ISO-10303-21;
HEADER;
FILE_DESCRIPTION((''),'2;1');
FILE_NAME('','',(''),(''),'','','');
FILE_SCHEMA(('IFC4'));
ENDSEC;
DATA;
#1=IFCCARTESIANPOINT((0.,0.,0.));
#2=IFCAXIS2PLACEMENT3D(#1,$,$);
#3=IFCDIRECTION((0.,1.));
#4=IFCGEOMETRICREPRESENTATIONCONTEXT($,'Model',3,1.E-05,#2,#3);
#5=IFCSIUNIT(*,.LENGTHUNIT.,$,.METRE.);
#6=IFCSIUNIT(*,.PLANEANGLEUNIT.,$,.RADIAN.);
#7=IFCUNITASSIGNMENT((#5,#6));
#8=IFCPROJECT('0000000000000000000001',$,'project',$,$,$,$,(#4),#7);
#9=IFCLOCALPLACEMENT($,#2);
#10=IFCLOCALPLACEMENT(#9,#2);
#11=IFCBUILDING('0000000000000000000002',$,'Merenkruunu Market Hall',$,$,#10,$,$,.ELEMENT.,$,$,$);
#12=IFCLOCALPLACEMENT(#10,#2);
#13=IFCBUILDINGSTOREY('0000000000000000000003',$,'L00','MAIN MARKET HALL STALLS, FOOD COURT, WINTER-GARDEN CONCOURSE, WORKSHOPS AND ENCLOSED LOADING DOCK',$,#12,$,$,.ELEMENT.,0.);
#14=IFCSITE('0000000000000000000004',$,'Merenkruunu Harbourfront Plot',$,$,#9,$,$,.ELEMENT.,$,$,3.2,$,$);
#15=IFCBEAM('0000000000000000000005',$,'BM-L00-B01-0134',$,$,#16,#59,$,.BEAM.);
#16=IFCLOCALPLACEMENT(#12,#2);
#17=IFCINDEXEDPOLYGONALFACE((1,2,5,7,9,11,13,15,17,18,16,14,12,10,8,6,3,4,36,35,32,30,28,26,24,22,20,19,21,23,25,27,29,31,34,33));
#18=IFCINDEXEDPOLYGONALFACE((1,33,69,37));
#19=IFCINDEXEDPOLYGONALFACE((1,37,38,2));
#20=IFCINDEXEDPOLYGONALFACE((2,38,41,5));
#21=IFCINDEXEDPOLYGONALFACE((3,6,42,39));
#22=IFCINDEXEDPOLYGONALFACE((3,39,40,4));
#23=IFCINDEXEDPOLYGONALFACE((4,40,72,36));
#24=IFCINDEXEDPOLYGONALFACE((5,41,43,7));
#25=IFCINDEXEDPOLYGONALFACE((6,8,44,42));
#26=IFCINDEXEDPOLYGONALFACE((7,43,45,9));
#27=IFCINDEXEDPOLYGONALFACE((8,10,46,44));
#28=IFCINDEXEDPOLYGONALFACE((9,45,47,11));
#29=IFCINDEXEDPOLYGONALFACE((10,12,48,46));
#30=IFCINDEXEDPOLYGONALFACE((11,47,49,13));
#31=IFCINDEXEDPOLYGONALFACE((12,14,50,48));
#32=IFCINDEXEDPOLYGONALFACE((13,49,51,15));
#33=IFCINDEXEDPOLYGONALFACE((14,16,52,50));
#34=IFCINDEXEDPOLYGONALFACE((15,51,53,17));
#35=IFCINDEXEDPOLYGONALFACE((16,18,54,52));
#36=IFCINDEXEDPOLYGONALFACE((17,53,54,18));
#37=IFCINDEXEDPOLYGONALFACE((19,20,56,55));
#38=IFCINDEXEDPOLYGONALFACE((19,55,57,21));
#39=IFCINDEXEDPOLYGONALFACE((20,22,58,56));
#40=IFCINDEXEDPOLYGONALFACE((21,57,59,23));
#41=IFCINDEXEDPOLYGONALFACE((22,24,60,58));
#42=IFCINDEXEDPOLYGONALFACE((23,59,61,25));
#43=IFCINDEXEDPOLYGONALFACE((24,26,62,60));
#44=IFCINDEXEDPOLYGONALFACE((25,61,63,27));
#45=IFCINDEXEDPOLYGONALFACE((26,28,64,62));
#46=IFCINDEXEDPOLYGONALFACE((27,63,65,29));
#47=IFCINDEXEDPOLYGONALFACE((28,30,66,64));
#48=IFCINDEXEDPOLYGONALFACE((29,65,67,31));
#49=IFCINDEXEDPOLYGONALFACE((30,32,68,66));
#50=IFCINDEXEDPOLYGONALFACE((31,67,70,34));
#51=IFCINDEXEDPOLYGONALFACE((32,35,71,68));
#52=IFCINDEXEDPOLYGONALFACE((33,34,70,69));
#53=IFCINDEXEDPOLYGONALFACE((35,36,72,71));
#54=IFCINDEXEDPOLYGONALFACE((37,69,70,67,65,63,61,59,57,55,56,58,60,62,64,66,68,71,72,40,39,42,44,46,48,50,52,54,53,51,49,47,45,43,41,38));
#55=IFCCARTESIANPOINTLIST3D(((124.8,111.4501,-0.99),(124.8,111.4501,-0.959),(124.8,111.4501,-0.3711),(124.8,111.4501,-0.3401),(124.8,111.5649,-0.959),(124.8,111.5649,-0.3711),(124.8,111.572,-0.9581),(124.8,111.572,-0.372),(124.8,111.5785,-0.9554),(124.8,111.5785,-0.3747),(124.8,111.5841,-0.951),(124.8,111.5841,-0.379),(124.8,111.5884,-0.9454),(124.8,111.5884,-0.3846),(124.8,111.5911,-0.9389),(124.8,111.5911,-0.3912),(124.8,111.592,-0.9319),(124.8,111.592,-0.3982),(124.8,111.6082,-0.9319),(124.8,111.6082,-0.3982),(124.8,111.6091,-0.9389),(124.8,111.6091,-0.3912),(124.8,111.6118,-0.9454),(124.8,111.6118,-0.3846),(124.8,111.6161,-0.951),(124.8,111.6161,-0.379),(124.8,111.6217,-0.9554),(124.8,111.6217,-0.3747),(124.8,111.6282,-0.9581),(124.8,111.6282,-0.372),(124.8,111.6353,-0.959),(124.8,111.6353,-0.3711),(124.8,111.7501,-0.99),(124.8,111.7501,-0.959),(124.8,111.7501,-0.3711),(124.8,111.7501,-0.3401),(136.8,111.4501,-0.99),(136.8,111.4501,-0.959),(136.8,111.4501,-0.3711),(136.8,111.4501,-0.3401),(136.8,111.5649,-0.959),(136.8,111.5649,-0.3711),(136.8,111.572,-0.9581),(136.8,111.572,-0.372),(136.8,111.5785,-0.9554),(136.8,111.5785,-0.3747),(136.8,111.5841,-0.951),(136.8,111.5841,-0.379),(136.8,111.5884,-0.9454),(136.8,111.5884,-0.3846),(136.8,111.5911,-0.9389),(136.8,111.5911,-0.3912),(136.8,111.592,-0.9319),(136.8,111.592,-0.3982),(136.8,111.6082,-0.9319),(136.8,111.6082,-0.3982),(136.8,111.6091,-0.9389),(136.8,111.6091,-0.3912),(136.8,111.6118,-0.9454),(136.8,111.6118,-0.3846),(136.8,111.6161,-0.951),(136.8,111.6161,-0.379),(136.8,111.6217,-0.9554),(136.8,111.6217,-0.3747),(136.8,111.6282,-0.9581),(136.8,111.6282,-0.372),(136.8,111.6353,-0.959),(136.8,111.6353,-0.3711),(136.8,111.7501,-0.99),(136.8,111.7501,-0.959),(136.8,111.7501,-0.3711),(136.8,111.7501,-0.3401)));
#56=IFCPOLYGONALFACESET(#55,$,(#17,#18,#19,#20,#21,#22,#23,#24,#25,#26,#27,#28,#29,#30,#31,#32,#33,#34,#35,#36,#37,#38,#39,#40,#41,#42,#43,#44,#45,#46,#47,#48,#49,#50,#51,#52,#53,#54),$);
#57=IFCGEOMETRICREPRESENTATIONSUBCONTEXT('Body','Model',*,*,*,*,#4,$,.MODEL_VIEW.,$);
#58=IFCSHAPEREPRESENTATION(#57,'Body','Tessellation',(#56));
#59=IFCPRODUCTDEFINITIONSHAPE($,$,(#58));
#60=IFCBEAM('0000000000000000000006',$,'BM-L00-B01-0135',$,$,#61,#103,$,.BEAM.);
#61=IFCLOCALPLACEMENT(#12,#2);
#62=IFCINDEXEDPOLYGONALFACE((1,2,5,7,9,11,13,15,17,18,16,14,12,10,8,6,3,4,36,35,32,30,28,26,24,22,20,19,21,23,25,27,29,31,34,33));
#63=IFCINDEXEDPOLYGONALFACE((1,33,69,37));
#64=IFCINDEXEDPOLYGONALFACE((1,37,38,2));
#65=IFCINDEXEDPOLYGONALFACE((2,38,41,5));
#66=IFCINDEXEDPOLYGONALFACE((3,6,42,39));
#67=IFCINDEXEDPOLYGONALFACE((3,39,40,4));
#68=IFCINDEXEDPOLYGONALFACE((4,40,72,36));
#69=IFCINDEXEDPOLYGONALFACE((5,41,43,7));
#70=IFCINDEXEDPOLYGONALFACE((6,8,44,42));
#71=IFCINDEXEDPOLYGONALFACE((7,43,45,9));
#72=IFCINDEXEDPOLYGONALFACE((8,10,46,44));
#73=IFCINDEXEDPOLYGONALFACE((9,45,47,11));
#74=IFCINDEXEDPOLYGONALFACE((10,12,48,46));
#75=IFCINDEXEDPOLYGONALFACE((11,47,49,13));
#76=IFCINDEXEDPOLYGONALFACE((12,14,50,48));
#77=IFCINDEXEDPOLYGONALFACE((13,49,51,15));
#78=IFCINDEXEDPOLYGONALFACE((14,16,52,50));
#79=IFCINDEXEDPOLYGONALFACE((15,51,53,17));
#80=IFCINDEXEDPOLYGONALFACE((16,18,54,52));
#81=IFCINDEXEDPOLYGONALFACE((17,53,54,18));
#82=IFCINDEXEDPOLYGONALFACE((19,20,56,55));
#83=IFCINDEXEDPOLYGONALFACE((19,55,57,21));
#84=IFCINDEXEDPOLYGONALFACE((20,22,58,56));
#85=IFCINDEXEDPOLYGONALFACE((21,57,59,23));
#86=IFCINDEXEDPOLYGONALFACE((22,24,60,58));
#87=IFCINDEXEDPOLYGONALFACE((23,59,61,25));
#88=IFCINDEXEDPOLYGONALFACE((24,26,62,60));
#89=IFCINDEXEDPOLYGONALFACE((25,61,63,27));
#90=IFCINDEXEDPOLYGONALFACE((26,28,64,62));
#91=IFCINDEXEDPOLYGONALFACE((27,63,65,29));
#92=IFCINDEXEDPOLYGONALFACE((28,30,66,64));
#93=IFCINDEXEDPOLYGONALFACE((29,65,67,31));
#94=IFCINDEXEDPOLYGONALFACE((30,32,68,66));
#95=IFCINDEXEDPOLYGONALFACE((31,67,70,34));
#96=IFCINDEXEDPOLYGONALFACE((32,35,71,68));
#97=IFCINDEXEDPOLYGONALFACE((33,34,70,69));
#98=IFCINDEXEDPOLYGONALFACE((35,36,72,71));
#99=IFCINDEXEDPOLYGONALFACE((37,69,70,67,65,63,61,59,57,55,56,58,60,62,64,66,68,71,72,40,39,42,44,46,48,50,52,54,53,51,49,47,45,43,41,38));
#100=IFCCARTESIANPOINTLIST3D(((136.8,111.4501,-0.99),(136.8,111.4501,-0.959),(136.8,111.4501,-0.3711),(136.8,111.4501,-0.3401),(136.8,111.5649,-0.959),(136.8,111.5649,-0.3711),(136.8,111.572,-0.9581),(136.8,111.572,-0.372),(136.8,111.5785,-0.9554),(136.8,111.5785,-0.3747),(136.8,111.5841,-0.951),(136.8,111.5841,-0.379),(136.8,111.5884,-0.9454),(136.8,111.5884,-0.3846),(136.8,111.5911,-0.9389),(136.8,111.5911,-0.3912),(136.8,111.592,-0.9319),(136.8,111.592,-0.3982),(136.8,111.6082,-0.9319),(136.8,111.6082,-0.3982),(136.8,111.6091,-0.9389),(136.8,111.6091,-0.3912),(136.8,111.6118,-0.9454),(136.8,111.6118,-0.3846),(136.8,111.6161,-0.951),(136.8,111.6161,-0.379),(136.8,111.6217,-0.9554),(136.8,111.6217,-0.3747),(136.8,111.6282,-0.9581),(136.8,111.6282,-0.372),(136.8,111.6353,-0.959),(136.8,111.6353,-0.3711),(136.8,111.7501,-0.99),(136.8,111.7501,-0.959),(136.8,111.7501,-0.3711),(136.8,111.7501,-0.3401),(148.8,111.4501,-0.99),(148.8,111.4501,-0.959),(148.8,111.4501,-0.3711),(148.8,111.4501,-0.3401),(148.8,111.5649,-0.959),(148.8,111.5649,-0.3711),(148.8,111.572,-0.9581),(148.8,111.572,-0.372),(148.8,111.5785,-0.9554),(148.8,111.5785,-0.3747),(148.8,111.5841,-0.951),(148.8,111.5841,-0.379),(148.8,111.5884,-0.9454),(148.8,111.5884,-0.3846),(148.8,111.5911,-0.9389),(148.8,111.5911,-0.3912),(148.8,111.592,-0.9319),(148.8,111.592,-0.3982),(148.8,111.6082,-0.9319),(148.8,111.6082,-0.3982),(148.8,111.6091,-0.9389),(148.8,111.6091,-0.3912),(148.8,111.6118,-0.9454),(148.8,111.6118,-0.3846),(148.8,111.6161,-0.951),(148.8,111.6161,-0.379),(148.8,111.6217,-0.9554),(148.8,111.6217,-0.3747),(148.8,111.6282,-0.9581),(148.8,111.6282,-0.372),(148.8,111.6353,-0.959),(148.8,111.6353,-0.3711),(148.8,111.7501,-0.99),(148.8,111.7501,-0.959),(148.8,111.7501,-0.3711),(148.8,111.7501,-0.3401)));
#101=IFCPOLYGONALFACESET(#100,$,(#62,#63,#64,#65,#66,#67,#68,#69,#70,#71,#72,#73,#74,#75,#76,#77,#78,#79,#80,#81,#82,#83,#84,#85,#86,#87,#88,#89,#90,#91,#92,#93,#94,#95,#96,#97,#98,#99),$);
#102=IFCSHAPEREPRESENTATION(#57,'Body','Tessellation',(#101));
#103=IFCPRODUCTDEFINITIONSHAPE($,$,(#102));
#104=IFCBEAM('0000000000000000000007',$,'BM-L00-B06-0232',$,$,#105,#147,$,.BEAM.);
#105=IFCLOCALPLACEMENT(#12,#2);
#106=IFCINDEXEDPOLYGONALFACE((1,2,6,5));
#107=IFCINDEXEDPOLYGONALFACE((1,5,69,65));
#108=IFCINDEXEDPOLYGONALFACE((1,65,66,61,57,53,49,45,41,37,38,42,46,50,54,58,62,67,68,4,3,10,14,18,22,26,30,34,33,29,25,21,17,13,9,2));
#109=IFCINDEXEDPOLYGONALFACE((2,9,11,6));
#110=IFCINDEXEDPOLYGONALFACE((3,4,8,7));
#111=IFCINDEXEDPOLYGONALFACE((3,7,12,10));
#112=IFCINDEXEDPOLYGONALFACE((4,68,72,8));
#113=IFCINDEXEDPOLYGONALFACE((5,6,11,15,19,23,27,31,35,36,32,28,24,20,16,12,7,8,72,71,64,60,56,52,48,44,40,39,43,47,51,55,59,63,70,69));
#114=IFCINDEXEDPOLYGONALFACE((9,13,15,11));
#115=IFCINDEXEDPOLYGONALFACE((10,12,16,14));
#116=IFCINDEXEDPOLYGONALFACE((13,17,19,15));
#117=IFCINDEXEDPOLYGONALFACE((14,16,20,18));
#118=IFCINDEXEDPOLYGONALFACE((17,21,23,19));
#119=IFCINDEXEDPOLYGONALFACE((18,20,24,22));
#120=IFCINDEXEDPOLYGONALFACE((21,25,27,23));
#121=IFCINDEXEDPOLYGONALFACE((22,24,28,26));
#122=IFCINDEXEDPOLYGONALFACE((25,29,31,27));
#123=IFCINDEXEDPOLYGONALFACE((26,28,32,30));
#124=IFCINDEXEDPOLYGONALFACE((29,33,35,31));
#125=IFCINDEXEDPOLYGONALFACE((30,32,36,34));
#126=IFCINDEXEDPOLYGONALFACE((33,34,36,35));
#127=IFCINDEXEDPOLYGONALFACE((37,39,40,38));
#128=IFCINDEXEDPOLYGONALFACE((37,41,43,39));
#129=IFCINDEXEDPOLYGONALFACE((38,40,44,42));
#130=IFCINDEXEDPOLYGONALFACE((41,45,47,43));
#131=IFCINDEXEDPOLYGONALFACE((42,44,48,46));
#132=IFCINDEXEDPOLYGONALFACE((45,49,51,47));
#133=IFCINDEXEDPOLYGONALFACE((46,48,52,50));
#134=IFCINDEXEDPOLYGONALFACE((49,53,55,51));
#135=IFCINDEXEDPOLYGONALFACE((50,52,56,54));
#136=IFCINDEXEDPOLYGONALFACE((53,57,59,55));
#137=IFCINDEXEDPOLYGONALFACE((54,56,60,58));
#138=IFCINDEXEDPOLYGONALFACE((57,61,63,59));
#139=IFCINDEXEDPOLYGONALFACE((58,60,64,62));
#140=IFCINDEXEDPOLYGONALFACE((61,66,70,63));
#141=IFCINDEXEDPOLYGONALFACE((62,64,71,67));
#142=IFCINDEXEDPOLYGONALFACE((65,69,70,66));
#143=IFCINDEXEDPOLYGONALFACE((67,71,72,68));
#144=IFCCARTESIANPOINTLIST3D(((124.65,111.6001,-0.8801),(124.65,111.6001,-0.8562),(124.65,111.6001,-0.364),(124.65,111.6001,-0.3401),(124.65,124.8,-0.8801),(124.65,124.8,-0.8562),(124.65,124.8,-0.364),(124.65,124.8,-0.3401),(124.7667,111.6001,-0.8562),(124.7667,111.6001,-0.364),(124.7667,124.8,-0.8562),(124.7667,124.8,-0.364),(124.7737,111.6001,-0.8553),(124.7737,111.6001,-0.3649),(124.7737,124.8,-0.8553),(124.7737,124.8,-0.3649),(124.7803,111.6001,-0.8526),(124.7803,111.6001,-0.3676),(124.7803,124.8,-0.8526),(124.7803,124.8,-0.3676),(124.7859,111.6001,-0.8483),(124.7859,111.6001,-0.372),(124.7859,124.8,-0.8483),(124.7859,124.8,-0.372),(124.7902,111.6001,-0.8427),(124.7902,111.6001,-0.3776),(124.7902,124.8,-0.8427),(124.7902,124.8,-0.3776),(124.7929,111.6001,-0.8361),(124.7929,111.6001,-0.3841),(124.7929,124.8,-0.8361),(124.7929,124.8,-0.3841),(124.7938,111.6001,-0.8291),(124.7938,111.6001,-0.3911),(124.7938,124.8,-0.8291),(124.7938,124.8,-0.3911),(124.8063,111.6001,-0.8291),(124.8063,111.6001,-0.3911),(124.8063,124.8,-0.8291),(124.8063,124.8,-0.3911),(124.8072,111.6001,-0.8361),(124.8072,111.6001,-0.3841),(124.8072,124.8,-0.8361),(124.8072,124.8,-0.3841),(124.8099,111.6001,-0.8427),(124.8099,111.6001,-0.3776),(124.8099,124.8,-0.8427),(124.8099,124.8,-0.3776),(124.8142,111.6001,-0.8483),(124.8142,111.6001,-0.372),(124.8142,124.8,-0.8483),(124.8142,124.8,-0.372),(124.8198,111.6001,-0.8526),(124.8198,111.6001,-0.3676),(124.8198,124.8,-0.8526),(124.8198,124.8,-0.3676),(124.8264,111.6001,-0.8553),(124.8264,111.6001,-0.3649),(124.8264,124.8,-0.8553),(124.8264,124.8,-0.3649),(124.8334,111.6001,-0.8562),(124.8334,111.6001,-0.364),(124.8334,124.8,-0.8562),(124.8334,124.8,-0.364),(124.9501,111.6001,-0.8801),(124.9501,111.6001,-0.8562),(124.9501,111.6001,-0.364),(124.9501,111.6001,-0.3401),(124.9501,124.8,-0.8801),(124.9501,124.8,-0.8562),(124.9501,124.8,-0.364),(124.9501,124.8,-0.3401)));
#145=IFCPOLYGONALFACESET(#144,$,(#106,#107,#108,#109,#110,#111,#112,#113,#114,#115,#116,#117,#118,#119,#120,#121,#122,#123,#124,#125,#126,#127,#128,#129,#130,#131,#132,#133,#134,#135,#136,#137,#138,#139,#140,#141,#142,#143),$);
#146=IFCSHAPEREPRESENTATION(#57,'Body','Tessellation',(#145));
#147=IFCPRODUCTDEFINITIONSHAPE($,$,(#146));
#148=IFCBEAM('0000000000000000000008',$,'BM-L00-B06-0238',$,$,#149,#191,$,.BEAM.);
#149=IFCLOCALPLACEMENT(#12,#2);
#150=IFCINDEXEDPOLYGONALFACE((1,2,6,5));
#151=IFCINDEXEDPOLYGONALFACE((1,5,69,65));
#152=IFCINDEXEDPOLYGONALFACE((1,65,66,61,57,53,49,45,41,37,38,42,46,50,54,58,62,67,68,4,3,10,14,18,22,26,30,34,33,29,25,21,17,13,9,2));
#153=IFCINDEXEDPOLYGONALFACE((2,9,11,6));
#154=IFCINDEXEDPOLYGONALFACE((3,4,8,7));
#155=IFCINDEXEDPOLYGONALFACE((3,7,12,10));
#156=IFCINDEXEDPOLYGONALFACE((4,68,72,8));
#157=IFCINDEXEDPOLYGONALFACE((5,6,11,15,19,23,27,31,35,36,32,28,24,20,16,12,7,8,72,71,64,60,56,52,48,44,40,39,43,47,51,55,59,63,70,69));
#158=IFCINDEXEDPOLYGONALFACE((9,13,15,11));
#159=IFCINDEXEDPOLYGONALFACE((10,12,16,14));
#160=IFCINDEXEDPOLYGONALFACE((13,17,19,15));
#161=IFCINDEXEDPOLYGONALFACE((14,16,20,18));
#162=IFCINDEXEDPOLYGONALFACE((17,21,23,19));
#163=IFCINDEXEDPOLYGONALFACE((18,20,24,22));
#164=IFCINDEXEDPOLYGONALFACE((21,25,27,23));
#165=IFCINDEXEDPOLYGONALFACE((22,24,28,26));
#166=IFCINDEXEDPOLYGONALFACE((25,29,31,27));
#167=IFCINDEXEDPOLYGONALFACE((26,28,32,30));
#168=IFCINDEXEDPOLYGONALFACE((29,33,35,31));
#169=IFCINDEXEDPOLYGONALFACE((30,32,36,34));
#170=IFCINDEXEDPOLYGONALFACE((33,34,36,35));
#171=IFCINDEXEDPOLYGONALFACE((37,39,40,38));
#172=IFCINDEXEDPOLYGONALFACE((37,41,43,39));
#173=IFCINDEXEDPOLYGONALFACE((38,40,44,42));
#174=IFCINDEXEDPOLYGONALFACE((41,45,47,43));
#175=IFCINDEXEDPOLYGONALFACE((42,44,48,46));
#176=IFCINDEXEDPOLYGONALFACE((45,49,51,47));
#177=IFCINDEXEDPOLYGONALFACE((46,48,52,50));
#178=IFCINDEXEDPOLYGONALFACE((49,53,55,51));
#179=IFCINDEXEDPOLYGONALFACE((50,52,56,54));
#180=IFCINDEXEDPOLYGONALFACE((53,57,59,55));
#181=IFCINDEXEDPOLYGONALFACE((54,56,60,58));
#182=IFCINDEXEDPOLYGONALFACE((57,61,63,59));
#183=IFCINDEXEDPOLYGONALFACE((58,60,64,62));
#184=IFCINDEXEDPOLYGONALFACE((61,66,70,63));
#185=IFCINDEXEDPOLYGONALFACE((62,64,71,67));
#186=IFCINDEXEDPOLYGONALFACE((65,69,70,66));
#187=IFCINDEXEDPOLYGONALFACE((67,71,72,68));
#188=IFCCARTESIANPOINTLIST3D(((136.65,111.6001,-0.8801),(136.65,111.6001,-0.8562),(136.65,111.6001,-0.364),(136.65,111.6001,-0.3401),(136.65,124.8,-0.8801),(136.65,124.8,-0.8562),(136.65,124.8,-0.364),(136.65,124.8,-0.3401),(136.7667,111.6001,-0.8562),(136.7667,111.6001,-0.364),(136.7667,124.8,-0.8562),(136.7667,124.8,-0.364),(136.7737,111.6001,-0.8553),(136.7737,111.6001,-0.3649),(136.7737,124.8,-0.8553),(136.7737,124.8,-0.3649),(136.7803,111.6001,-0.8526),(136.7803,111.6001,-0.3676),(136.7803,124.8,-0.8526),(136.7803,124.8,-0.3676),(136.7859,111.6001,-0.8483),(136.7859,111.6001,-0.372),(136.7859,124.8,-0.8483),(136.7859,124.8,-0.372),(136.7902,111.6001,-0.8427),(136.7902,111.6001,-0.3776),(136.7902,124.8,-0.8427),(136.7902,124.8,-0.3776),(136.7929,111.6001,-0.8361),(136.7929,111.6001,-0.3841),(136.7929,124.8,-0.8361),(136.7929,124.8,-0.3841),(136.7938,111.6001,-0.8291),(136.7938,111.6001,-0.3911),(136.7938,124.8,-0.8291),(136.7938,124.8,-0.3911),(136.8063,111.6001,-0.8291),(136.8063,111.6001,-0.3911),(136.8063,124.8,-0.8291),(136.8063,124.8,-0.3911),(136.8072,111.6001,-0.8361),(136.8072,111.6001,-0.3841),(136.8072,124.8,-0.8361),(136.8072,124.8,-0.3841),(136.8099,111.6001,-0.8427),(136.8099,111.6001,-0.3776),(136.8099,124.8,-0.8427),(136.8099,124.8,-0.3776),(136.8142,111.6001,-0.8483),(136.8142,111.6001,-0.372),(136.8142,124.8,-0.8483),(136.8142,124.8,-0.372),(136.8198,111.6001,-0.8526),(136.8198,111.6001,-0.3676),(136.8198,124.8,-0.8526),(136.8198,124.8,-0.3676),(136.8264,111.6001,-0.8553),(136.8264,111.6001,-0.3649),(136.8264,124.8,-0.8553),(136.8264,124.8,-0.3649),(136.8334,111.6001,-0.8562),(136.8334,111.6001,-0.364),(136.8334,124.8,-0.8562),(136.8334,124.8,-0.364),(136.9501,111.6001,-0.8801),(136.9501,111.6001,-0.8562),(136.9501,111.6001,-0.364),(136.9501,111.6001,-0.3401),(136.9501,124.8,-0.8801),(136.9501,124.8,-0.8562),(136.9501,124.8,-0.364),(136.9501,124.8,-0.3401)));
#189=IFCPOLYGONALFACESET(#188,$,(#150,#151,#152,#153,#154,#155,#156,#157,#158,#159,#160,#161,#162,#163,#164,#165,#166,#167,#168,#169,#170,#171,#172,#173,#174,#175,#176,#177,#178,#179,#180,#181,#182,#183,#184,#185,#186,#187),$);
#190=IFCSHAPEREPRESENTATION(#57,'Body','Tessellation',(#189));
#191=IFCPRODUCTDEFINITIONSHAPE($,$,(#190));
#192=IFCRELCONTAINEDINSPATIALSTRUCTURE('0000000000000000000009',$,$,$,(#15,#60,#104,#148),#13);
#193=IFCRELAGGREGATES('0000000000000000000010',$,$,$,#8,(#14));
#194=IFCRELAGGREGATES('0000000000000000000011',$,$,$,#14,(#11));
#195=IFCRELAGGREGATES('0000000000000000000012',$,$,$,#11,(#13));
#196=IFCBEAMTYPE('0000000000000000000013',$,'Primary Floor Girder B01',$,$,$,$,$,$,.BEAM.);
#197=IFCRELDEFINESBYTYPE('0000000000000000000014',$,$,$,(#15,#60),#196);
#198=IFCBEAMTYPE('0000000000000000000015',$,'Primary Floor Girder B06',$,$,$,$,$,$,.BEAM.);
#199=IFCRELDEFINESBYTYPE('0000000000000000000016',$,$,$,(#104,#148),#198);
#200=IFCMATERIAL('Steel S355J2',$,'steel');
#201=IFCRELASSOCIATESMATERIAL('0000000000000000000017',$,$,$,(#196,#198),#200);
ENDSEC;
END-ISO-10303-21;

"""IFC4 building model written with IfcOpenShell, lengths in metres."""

from ifc_helpers import new_model, si_unit, direction, frame, origin, origin_2d, place, context, subcontext, project, spatial, i_section, extrude, material, material_profile, profile_set, type_object, element, save


model = new_model("IFC4")

# Units and contexts
model_context = context("Model", 3, precision=1e-05, world=origin(), true_north=direction((0.0, 1.0)))
body_context = subcontext(model_context, "Body", "Model", "MODEL_VIEW")
ifc_project = project(units=[si_unit("LENGTHUNIT", "METRE"), si_unit("PLANEANGLEUNIT", "RADIAN")], contexts=[model_context])

# Site, building, storey
site_placement = place(None, origin())
site = spatial("IfcSite", under=ifc_project, at=site_placement, Name="Merenkruunu Harbourfront Plot", CompositionType="ELEMENT", RefElevation=3.2)
building_placement = place(site_placement, origin())
building = spatial("IfcBuilding", under=site, at=building_placement, Name="Merenkruunu Market Hall", CompositionType="ELEMENT")
storey_placement = place(building_placement, origin())
storey = spatial("IfcBuildingStorey", under=building, at=storey_placement, Name="L00", Description="MAIN MARKET HALL STALLS, FOOD COURT, WINTER-GARDEN CONCOURSE, WORKSHOPS AND ENCLOSED LOADING DOCK", CompositionType="ELEMENT", Elevation=0.0)

# Shared definitions
ifc_material_1 = material(Name="Steel S355J2", Category="steel")

# Beams
ifc_material_profile_1 = material_profile(ifc_material_1, i_section(OverallWidth=0.3, OverallDepth=0.6499, WebThickness=0.0161, FlangeThickness=0.031, FilletRadius=0.0271, at=origin_2d()), Name="HEB 650")
ifc_profile_set_1 = profile_set([ifc_material_profile_1], Name="Steel S355J2")
beam_type_1 = type_object("IfcBeamType", Name="Primary Floor Girder B01", PredefinedType="BEAM", material=ifc_profile_set_1)
for number, where, z_axis, x_axis, name in (
    (1, (124.8, 111.6001, -0.665), (1.0, 0.0, 0.0), (0.0, 1.0, 0.0), "BM-L00-B01-0134"),
    (2, (136.8, 111.6001, -0.665), (1.0, 0.0, 0.0), (0.0, 1.0, 0.0), "BM-L00-B01-0135"),
):
    element("IfcBeam", number, at=place(storey_placement, frame(where, z_axis=z_axis, x_axis=x_axis)), inside=storey, type_object=beam_type_1, Name=name, PredefinedType="BEAM", context=body_context, shape_type="SweptSolid", body=[
        extrude(i_section(OverallWidth=0.3, OverallDepth=0.6499, WebThickness=0.0161, FlangeThickness=0.031, FilletRadius=0.0271, at=origin_2d()), origin(), (0.0, 0.0, 1.0), 12.0),
    ])
ifc_material_profile_2 = material_profile(ifc_material_1, i_section(OverallWidth=0.3, OverallDepth=0.54, WebThickness=0.0125, FlangeThickness=0.0239, FilletRadius=0.0271, at=origin_2d()), Name="HEA 550")
ifc_profile_set_2 = profile_set([ifc_material_profile_2], Name="Steel S355J2")
beam_type_2 = type_object("IfcBeamType", Name="Primary Floor Girder B06", PredefinedType="BEAM", material=ifc_profile_set_2)
for number, where, z_axis, x_axis, name in (
    (3, (124.8, 111.6001, -0.6101), (0.0, 1.0, 0.0), (-1.0, 0.0, 0.0), "BM-L00-B06-0232"),
    (4, (136.8, 111.6001, -0.6101), (0.0, 1.0, 0.0), (-1.0, 0.0, 0.0), "BM-L00-B06-0238"),
):
    element("IfcBeam", number, at=place(storey_placement, frame(where, z_axis=z_axis, x_axis=x_axis)), inside=storey, type_object=beam_type_2, Name=name, PredefinedType="BEAM", context=body_context, shape_type="SweptSolid", body=[
        extrude(i_section(OverallWidth=0.3, OverallDepth=0.54, WebThickness=0.0125, FlangeThickness=0.0239, FilletRadius=0.0271, at=origin_2d()), origin(), (0.0, 0.0, 1.0), 13.2),
    ])

save(model, "model.ifc")
